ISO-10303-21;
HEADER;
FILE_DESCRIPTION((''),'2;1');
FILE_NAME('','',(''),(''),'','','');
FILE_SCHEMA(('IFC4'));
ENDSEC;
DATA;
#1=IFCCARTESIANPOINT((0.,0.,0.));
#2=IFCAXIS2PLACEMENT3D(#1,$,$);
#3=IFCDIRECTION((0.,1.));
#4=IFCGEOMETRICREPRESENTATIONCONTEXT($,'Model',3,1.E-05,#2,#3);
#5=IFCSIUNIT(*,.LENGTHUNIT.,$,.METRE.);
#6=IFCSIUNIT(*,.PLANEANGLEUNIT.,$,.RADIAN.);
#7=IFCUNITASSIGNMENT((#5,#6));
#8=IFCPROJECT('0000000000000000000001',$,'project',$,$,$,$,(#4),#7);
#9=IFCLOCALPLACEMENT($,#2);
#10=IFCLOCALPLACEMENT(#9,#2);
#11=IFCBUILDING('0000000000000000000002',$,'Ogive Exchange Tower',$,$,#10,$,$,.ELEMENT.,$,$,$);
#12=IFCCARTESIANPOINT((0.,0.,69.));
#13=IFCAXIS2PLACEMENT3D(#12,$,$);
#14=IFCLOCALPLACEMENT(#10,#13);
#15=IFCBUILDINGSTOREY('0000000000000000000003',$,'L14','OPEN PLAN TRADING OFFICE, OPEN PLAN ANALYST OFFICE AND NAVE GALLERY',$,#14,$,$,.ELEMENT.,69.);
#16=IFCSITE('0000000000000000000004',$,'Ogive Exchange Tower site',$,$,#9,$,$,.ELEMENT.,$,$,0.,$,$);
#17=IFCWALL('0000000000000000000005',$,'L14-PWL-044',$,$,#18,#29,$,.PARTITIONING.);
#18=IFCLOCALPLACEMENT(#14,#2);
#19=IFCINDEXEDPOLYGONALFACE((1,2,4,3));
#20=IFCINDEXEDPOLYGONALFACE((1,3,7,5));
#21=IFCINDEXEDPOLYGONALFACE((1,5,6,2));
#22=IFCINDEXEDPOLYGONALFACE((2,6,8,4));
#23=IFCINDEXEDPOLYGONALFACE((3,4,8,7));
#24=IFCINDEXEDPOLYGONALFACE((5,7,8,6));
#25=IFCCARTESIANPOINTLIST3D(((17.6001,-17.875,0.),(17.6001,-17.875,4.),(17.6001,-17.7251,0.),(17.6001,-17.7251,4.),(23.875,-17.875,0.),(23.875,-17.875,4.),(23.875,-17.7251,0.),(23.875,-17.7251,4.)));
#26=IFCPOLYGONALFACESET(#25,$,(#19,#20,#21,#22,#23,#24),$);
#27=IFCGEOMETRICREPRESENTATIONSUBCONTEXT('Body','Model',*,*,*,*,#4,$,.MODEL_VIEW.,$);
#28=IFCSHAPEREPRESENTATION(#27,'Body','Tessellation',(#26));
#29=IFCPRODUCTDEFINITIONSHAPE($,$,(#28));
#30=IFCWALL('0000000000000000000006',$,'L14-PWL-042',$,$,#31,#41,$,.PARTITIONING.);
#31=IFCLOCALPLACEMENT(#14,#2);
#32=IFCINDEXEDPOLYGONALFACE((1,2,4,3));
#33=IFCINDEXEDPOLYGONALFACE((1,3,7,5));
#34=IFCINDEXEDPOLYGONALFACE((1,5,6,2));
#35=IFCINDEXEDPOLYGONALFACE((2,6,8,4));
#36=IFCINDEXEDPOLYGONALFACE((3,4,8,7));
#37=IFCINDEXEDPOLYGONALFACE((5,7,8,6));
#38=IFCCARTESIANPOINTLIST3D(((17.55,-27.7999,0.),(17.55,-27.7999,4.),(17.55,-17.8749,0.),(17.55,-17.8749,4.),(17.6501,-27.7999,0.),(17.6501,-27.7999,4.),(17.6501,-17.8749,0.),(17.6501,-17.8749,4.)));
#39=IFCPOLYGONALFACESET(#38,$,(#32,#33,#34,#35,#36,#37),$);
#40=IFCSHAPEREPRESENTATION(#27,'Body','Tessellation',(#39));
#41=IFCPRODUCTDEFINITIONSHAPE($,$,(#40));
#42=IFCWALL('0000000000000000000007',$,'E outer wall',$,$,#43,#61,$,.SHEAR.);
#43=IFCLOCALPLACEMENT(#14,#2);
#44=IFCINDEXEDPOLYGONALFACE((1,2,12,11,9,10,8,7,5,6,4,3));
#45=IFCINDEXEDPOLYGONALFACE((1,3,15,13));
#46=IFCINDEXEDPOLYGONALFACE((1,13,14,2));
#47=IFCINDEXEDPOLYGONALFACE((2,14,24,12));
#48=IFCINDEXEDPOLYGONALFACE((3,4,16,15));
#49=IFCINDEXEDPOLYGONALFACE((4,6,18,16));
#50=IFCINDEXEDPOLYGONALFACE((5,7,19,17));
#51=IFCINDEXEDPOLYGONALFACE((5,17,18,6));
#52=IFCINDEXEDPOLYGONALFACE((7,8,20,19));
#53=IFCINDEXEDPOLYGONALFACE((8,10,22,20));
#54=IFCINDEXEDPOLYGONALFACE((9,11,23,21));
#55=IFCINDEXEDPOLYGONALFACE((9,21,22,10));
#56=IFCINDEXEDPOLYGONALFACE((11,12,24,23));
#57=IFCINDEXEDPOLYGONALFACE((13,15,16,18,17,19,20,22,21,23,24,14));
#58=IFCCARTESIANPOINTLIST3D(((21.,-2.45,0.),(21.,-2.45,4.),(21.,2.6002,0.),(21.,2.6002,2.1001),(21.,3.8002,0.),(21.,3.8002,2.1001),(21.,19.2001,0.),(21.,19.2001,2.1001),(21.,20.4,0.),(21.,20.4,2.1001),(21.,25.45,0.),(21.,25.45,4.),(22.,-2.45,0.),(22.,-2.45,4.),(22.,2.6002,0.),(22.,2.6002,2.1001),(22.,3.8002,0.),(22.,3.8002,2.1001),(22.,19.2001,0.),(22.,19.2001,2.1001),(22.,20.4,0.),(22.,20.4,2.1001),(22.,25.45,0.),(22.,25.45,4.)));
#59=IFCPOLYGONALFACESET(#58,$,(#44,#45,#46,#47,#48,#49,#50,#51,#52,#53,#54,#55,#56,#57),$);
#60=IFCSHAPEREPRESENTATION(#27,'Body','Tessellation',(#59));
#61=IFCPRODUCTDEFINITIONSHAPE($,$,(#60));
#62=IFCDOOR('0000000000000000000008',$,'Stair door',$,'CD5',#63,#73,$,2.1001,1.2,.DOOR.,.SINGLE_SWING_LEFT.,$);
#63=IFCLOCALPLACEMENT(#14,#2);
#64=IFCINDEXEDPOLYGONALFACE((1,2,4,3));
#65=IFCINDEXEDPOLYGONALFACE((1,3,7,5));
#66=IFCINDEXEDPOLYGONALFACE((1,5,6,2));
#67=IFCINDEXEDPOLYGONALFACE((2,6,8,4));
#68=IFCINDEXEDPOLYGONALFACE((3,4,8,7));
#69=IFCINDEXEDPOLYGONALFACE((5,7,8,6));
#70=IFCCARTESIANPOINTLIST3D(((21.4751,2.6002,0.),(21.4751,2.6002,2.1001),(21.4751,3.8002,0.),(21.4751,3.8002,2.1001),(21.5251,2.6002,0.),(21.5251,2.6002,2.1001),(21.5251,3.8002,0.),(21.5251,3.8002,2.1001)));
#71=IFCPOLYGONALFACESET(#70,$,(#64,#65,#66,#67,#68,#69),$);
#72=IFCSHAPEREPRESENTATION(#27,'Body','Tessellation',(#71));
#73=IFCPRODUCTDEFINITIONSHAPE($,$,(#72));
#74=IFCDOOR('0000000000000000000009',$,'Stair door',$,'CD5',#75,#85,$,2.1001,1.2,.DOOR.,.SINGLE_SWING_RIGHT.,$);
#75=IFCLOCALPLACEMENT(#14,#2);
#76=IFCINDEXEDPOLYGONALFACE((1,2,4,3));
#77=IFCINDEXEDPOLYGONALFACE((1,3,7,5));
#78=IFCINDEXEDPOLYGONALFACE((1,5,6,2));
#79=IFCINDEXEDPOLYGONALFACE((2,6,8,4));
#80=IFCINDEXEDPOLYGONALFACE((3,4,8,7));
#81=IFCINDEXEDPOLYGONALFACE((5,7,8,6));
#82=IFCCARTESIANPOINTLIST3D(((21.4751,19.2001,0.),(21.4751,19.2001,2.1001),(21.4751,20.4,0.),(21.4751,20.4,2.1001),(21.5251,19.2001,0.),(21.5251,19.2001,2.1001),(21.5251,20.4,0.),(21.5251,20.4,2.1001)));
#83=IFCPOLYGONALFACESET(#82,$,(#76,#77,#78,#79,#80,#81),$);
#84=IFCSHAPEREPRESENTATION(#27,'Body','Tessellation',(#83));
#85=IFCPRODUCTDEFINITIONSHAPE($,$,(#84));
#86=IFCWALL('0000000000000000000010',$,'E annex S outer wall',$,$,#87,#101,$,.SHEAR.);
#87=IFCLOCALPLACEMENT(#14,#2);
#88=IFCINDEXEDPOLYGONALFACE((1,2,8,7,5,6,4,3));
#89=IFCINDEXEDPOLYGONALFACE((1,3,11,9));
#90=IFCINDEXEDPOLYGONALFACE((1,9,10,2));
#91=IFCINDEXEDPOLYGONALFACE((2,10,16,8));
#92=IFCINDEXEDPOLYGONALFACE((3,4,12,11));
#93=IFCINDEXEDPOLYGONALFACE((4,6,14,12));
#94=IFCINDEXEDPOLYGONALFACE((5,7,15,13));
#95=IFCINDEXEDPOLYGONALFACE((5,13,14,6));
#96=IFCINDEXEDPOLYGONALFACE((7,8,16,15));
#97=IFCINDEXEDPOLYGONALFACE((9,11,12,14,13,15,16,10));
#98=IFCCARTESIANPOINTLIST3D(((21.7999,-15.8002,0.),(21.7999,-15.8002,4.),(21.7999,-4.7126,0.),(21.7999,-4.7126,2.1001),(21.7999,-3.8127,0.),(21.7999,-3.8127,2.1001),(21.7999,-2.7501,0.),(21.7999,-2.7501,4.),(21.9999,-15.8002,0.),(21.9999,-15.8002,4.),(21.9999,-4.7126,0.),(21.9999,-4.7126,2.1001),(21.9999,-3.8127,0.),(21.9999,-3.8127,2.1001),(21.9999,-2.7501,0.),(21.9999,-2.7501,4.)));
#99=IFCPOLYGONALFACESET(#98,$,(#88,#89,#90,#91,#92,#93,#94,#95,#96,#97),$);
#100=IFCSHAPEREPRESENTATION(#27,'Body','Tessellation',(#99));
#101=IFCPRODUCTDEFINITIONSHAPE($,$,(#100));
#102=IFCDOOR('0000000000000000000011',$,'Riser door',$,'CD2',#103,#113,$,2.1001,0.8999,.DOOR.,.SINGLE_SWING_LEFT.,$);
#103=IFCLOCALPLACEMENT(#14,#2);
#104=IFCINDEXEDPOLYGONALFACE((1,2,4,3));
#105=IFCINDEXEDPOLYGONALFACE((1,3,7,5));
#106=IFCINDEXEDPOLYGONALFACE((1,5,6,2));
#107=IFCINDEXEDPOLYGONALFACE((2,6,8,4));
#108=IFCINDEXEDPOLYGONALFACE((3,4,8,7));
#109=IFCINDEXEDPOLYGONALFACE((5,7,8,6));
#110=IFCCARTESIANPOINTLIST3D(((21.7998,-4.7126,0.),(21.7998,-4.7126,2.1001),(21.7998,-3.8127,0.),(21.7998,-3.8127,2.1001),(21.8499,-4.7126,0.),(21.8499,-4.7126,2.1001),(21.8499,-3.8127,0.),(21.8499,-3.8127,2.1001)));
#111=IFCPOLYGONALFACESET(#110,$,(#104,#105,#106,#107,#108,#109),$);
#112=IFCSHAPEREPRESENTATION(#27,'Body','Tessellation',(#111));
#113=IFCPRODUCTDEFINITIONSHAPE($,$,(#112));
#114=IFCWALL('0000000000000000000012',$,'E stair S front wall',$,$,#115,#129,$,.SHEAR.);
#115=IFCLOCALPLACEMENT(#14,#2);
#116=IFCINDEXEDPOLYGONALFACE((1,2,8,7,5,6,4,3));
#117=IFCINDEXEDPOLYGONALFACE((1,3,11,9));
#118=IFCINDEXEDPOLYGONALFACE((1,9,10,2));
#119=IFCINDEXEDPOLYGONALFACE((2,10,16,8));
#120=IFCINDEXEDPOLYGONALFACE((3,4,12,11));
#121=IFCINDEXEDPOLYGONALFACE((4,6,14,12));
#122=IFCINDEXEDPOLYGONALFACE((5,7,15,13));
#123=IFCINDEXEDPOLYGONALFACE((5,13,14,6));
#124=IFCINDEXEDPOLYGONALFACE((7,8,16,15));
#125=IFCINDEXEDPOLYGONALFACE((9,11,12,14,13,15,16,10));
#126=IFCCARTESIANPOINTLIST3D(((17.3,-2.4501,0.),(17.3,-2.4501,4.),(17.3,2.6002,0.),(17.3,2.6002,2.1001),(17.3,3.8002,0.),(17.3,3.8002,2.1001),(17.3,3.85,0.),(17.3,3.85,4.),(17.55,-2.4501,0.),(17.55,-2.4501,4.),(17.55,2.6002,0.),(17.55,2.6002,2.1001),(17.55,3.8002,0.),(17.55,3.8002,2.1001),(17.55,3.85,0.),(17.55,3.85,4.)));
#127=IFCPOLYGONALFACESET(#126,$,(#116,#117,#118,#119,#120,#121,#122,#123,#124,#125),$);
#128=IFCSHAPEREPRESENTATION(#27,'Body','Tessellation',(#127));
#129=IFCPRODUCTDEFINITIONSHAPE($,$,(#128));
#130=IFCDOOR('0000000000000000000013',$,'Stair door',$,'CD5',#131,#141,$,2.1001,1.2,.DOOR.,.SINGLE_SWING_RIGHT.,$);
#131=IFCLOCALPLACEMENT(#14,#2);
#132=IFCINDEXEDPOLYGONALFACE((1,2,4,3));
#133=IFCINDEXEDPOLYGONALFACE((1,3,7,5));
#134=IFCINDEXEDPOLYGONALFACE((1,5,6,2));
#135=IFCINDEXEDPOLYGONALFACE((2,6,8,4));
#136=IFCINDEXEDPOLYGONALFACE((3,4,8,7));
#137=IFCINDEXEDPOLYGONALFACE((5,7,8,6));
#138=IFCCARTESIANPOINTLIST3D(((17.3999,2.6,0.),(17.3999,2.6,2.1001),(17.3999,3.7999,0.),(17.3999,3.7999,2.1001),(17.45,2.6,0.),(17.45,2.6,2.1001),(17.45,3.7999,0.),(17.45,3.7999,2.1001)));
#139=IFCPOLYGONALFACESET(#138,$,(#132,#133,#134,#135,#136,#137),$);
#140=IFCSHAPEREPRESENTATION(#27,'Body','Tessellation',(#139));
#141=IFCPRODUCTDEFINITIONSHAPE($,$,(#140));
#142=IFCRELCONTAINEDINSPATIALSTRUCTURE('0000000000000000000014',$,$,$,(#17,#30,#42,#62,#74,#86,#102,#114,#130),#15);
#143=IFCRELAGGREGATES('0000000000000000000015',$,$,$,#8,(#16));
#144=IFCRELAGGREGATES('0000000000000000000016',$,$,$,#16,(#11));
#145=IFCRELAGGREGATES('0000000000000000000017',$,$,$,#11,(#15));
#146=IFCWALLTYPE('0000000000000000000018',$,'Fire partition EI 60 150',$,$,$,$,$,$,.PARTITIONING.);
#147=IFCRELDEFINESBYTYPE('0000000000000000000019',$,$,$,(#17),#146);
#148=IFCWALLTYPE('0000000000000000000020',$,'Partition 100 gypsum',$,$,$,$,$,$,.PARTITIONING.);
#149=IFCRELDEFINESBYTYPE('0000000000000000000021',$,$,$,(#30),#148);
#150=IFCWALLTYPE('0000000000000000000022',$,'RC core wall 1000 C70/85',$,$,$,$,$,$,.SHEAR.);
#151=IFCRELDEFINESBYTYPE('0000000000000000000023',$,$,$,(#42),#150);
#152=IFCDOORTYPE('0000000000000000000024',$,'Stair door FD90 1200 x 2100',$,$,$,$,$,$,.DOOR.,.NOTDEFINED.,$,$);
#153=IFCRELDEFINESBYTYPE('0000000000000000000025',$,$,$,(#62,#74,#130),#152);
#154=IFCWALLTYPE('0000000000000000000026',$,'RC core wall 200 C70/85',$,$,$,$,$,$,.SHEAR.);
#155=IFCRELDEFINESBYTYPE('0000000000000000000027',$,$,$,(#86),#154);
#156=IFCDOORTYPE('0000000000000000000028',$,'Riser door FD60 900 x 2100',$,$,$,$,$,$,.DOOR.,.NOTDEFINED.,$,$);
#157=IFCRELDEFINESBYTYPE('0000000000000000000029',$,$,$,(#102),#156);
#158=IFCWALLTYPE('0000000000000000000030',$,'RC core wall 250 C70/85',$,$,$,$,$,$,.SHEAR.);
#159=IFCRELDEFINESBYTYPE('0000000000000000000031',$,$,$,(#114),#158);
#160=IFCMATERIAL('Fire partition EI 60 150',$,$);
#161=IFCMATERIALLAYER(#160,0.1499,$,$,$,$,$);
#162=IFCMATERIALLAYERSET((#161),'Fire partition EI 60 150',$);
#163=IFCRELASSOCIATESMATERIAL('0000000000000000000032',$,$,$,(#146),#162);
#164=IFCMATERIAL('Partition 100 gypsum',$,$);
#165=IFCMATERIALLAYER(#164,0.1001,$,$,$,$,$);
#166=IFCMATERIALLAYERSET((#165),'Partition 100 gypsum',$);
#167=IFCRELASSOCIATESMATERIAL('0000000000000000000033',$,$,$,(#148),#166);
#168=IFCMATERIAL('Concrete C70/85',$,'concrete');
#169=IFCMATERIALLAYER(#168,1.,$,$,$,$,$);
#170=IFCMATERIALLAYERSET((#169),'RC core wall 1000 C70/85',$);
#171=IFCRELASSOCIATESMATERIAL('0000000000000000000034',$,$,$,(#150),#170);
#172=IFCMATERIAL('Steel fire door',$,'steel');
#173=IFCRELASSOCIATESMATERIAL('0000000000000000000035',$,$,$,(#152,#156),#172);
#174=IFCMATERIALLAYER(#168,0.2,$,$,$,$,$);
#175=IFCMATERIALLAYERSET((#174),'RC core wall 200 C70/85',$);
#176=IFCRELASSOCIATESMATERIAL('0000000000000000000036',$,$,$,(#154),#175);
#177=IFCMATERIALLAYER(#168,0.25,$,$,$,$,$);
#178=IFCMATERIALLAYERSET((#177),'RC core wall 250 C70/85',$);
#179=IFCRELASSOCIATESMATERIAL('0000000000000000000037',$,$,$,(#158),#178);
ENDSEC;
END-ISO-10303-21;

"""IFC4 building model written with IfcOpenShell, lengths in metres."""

from ifc_helpers import new_model, si_unit, direction, frame, frame_2d, origin, place, context, subcontext, project, spatial, rectangle, extrude, material, layer, layer_set, type_object, element, fill, save


model = new_model("IFC4")

# Units and contexts
model_context = context("Model", 3, precision=1e-05, world=origin(), true_north=direction((0.0, 1.0)))
body_context = subcontext(model_context, "Body", "Model", "MODEL_VIEW")
ifc_project = project(units=[si_unit("LENGTHUNIT", "METRE"), si_unit("PLANEANGLEUNIT", "RADIAN")], contexts=[model_context])

# Site, building, storey
site_placement = place(None, origin())
site = spatial("IfcSite", under=ifc_project, at=site_placement, Name="Ogive Exchange Tower site", CompositionType="ELEMENT", RefElevation=0.0)
building_placement = place(site_placement, origin())
building = spatial("IfcBuilding", under=site, at=building_placement, Name="Ogive Exchange Tower", CompositionType="ELEMENT")
storey_placement = place(building_placement, frame((0.0, 0.0, 69.0)))
storey = spatial("IfcBuildingStorey", under=building, at=storey_placement, Name="L14", Description="OPEN PLAN TRADING OFFICE, OPEN PLAN ANALYST OFFICE AND NAVE GALLERY", CompositionType="ELEMENT", Elevation=69.0)

# Shared definitions
ifc_material_1 = material(Name="Fire partition EI 60 150")
ifc_layer_1 = layer(ifc_material_1, 0.1499)
ifc_layer_set_1 = layer_set([ifc_layer_1], Name="Fire partition EI 60 150")
wall_type_1 = type_object("IfcWallType", Name="Fire partition EI 60 150", PredefinedType="PARTITIONING", material=ifc_layer_set_1)

# Walls
wall_1_placement = place(storey_placement, frame((23.875, -17.8, 0.0), z_axis=(0.0, 0.0, 1.0), x_axis=(-1.0, 0.0, 0.0)))
element("IfcWall", 1, at=wall_1_placement, inside=storey, type_object=wall_type_1, Name="L14-PWL-044", PredefinedType="PARTITIONING", context=body_context, shape_type="SweptSolid", body=[
    extrude(rectangle(XDim=6.2749, YDim=0.1499, at=frame_2d((3.1375, 0.0))), origin(), (0.0, 0.0, 1.0), 4.0),
])
ifc_material_2 = material(Name="Partition 100 gypsum")
ifc_layer_2 = layer(ifc_material_2, 0.1001)
ifc_layer_set_2 = layer_set([ifc_layer_2], Name="Partition 100 gypsum")
wall_type_2 = type_object("IfcWallType", Name="Partition 100 gypsum", PredefinedType="PARTITIONING", material=ifc_layer_set_2)
wall_2_placement = place(storey_placement, frame((17.6001, -17.875, 0.0), z_axis=(0.0, 0.0, 1.0), x_axis=(0.0, -1.0, 0.0)))
element("IfcWall", 2, at=wall_2_placement, inside=storey, type_object=wall_type_2, Name="L14-PWL-042", PredefinedType="PARTITIONING", context=body_context, shape_type="SweptSolid", body=[
    extrude(rectangle(XDim=9.925, YDim=0.1001, at=frame_2d((4.9624, 0.0))), origin(), (0.0, 0.0, 1.0), 4.0),
])

# Wall, openings, doors
ifc_material_3 = material(Name="Concrete C70/85", Category="concrete")
ifc_layer_3 = layer(ifc_material_3, 1.0)
ifc_layer_set_3 = layer_set([ifc_layer_3], Name="RC core wall 1000 C70/85")
wall_type_3 = type_object("IfcWallType", Name="RC core wall 1000 C70/85", PredefinedType="SHEAR", material=ifc_layer_set_3)
wall_3_placement = place(storey_placement, frame((21.5, -2.45, 0.0), z_axis=(0.0, 0.0, 1.0), x_axis=(0.0, 1.0, 0.0)))
wall_3 = element("IfcWall", 3, at=wall_3_placement, inside=storey, type_object=wall_type_3, Name="E outer wall", PredefinedType="SHEAR", context=body_context, shape_type="SweptSolid", body=[
    extrude(rectangle(XDim=27.8999, YDim=1.0, at=frame_2d((13.95, 0.0))), origin(), (0.0, 0.0, 1.0), 4.0),
])
opening_1_placement = place(wall_3_placement, frame((5.05, 0.0, 0.0)))
opening_1 = element("IfcOpeningElement", 4, at=opening_1_placement, cuts=wall_3, PredefinedType="OPENING", context=body_context, shape_type="SweptSolid", body=[
    extrude(rectangle(XDim=1.2, YDim=2.1001, at=frame_2d((0.6001, 1.05))), frame((0.0, 0.51, 0.0), z_axis=(0.0, -1.0, 0.0), x_axis=(1.0, 0.0, 0.0)), (0.0, 0.0, 1.0), 1.02),
])
opening_2_placement = place(wall_3_placement, frame((21.6499, 0.0, 0.0)))
opening_2 = element("IfcOpeningElement", 5, at=opening_2_placement, cuts=wall_3, PredefinedType="OPENING", context=body_context, shape_type="SweptSolid", body=[
    extrude(rectangle(XDim=1.2, YDim=2.1001, at=frame_2d((0.6001, 1.05))), frame((0.0, 0.51, 0.0), z_axis=(0.0, -1.0, 0.0), x_axis=(1.0, 0.0, 0.0)), (0.0, 0.0, 1.0), 1.02),
])
ifc_material_4 = material(Name="Steel fire door", Category="steel")
door_type_1 = type_object("IfcDoorType", Name="Stair door FD90 1200 x 2100", OperationType="NOTDEFINED", PredefinedType="DOOR", material=ifc_material_4)
door_1_placement = place(opening_1_placement, origin())
door_1 = element("IfcDoor", 6, at=door_1_placement, inside=storey, type_object=door_type_1, Name="Stair door", ObjectType="CD5", OperationType="SINGLE_SWING_LEFT", OverallHeight=2.1001, OverallWidth=1.2, PredefinedType="DOOR", context=body_context, shape_type="SweptSolid", body=[
    extrude(rectangle(XDim=1.2, YDim=2.1001, at=frame_2d((0.6001, 1.05))), frame((0.0, 0.0249, 0.0), z_axis=(0.0, -1.0, 0.0), x_axis=(1.0, 0.0, 0.0)), (0.0, 0.0, 1.0), 0.05),
])
fill(opening_1, door_1)
door_2_placement = place(opening_2_placement, origin())
door_2 = element("IfcDoor", 7, at=door_2_placement, inside=storey, type_object=door_type_1, Name="Stair door", ObjectType="CD5", OperationType="SINGLE_SWING_RIGHT", OverallHeight=2.1001, OverallWidth=1.2, PredefinedType="DOOR", context=body_context, shape_type="SweptSolid", body=[
    extrude(rectangle(XDim=1.2, YDim=2.1001, at=frame_2d((0.6001, 1.05))), frame((0.0, 0.0249, 0.0), z_axis=(0.0, -1.0, 0.0), x_axis=(1.0, 0.0, 0.0)), (0.0, 0.0, 1.0), 0.05),
])
fill(opening_2, door_2)

# Walls, openings, doors
ifc_layer_4 = layer(ifc_material_3, 0.2)
ifc_layer_set_4 = layer_set([ifc_layer_4], Name="RC core wall 200 C70/85")
wall_type_4 = type_object("IfcWallType", Name="RC core wall 200 C70/85", PredefinedType="SHEAR", material=ifc_layer_set_4)
wall_4_placement = place(storey_placement, frame((21.8999, -15.8, 0.0), z_axis=(0.0, 0.0, 1.0), x_axis=(0.0, 1.0, 0.0)))
wall_4 = element("IfcWall", 8, at=wall_4_placement, inside=storey, type_object=wall_type_4, Name="E annex S outer wall", PredefinedType="SHEAR", context=body_context, shape_type="SweptSolid", body=[
    extrude(rectangle(XDim=13.05, YDim=0.2, at=frame_2d((6.5249, 0.0))), origin(), (0.0, 0.0, 1.0), 4.0),
])
opening_3_placement = place(wall_4_placement, frame((11.0874, 0.0, 0.0)))
opening_3 = element("IfcOpeningElement", 9, at=opening_3_placement, cuts=wall_4, PredefinedType="OPENING", context=body_context, shape_type="SweptSolid", body=[
    extrude(rectangle(XDim=0.8999, YDim=2.1001, at=frame_2d((0.45, 1.05))), frame((0.0, 0.1099, 0.0), z_axis=(0.0, -1.0, 0.0), x_axis=(1.0, 0.0, 0.0)), (0.0, 0.0, 1.0), 0.22),
])
door_type_2 = type_object("IfcDoorType", Name="Riser door FD60 900 x 2100", OperationType="NOTDEFINED", PredefinedType="DOOR", material=ifc_material_4)
door_3_placement = place(opening_3_placement, origin())
door_3 = element("IfcDoor", 10, at=door_3_placement, inside=storey, type_object=door_type_2, Name="Riser door", ObjectType="CD2", OperationType="SINGLE_SWING_LEFT", OverallHeight=2.1001, OverallWidth=0.8999, PredefinedType="DOOR", context=body_context, shape_type="SweptSolid", body=[
    extrude(rectangle(XDim=0.8999, YDim=2.1001, at=frame_2d((0.45, 1.05))), frame((0.0, 0.1001, 0.0), z_axis=(0.0, -1.0, 0.0), x_axis=(1.0, 0.0, 0.0)), (0.0, 0.0, 1.0), 0.05),
])
fill(opening_3, door_3)
ifc_layer_5 = layer(ifc_material_3, 0.25)
ifc_layer_set_5 = layer_set([ifc_layer_5], Name="RC core wall 250 C70/85")
wall_type_5 = type_object("IfcWallType", Name="RC core wall 250 C70/85", PredefinedType="SHEAR", material=ifc_layer_set_5)
wall_5_placement = place(storey_placement, frame((17.425, -2.45, 0.0), z_axis=(0.0, 0.0, 1.0), x_axis=(0.0, 1.0, 0.0)))
wall_5 = element("IfcWall", 11, at=wall_5_placement, inside=storey, type_object=wall_type_5, Name="E stair S front wall", PredefinedType="SHEAR", context=body_context, shape_type="SweptSolid", body=[
    extrude(rectangle(XDim=6.3, YDim=0.25, at=frame_2d((3.1499, 0.0))), origin(), (0.0, 0.0, 1.0), 4.0),
])
opening_4_placement = place(wall_5_placement, frame((5.05, 0.0, 0.0)))
opening_4 = element("IfcOpeningElement", 12, at=opening_4_placement, cuts=wall_5, PredefinedType="OPENING", context=body_context, shape_type="SweptSolid", body=[
    extrude(rectangle(XDim=1.2, YDim=2.1001, at=frame_2d((0.6001, 1.05))), frame((0.0, 0.135, 0.0), z_axis=(0.0, -1.0, 0.0), x_axis=(1.0, 0.0, 0.0)), (0.0, 0.0, 1.0), 0.27),
])
door_4_placement = place(opening_4_placement, frame((1.2, 0.0, 0.0), z_axis=(0.0, 0.0, 1.0), x_axis=(-1.0, 0.0, 0.0)))
door_4 = element("IfcDoor", 13, at=door_4_placement, inside=storey, type_object=door_type_1, Name="Stair door", ObjectType="CD5", OperationType="SINGLE_SWING_RIGHT", OverallHeight=2.1001, OverallWidth=1.2, PredefinedType="DOOR", context=body_context, shape_type="SweptSolid", body=[
    extrude(rectangle(XDim=1.2, YDim=2.1001, at=frame_2d((0.6001, 1.05))), frame((0.0, 0.0249, 0.0), z_axis=(0.0, -1.0, 0.0), x_axis=(1.0, 0.0, 0.0)), (0.0, 0.0, 1.0), 0.05),
])
fill(opening_4, door_4)

save(model, "model.ifc")
